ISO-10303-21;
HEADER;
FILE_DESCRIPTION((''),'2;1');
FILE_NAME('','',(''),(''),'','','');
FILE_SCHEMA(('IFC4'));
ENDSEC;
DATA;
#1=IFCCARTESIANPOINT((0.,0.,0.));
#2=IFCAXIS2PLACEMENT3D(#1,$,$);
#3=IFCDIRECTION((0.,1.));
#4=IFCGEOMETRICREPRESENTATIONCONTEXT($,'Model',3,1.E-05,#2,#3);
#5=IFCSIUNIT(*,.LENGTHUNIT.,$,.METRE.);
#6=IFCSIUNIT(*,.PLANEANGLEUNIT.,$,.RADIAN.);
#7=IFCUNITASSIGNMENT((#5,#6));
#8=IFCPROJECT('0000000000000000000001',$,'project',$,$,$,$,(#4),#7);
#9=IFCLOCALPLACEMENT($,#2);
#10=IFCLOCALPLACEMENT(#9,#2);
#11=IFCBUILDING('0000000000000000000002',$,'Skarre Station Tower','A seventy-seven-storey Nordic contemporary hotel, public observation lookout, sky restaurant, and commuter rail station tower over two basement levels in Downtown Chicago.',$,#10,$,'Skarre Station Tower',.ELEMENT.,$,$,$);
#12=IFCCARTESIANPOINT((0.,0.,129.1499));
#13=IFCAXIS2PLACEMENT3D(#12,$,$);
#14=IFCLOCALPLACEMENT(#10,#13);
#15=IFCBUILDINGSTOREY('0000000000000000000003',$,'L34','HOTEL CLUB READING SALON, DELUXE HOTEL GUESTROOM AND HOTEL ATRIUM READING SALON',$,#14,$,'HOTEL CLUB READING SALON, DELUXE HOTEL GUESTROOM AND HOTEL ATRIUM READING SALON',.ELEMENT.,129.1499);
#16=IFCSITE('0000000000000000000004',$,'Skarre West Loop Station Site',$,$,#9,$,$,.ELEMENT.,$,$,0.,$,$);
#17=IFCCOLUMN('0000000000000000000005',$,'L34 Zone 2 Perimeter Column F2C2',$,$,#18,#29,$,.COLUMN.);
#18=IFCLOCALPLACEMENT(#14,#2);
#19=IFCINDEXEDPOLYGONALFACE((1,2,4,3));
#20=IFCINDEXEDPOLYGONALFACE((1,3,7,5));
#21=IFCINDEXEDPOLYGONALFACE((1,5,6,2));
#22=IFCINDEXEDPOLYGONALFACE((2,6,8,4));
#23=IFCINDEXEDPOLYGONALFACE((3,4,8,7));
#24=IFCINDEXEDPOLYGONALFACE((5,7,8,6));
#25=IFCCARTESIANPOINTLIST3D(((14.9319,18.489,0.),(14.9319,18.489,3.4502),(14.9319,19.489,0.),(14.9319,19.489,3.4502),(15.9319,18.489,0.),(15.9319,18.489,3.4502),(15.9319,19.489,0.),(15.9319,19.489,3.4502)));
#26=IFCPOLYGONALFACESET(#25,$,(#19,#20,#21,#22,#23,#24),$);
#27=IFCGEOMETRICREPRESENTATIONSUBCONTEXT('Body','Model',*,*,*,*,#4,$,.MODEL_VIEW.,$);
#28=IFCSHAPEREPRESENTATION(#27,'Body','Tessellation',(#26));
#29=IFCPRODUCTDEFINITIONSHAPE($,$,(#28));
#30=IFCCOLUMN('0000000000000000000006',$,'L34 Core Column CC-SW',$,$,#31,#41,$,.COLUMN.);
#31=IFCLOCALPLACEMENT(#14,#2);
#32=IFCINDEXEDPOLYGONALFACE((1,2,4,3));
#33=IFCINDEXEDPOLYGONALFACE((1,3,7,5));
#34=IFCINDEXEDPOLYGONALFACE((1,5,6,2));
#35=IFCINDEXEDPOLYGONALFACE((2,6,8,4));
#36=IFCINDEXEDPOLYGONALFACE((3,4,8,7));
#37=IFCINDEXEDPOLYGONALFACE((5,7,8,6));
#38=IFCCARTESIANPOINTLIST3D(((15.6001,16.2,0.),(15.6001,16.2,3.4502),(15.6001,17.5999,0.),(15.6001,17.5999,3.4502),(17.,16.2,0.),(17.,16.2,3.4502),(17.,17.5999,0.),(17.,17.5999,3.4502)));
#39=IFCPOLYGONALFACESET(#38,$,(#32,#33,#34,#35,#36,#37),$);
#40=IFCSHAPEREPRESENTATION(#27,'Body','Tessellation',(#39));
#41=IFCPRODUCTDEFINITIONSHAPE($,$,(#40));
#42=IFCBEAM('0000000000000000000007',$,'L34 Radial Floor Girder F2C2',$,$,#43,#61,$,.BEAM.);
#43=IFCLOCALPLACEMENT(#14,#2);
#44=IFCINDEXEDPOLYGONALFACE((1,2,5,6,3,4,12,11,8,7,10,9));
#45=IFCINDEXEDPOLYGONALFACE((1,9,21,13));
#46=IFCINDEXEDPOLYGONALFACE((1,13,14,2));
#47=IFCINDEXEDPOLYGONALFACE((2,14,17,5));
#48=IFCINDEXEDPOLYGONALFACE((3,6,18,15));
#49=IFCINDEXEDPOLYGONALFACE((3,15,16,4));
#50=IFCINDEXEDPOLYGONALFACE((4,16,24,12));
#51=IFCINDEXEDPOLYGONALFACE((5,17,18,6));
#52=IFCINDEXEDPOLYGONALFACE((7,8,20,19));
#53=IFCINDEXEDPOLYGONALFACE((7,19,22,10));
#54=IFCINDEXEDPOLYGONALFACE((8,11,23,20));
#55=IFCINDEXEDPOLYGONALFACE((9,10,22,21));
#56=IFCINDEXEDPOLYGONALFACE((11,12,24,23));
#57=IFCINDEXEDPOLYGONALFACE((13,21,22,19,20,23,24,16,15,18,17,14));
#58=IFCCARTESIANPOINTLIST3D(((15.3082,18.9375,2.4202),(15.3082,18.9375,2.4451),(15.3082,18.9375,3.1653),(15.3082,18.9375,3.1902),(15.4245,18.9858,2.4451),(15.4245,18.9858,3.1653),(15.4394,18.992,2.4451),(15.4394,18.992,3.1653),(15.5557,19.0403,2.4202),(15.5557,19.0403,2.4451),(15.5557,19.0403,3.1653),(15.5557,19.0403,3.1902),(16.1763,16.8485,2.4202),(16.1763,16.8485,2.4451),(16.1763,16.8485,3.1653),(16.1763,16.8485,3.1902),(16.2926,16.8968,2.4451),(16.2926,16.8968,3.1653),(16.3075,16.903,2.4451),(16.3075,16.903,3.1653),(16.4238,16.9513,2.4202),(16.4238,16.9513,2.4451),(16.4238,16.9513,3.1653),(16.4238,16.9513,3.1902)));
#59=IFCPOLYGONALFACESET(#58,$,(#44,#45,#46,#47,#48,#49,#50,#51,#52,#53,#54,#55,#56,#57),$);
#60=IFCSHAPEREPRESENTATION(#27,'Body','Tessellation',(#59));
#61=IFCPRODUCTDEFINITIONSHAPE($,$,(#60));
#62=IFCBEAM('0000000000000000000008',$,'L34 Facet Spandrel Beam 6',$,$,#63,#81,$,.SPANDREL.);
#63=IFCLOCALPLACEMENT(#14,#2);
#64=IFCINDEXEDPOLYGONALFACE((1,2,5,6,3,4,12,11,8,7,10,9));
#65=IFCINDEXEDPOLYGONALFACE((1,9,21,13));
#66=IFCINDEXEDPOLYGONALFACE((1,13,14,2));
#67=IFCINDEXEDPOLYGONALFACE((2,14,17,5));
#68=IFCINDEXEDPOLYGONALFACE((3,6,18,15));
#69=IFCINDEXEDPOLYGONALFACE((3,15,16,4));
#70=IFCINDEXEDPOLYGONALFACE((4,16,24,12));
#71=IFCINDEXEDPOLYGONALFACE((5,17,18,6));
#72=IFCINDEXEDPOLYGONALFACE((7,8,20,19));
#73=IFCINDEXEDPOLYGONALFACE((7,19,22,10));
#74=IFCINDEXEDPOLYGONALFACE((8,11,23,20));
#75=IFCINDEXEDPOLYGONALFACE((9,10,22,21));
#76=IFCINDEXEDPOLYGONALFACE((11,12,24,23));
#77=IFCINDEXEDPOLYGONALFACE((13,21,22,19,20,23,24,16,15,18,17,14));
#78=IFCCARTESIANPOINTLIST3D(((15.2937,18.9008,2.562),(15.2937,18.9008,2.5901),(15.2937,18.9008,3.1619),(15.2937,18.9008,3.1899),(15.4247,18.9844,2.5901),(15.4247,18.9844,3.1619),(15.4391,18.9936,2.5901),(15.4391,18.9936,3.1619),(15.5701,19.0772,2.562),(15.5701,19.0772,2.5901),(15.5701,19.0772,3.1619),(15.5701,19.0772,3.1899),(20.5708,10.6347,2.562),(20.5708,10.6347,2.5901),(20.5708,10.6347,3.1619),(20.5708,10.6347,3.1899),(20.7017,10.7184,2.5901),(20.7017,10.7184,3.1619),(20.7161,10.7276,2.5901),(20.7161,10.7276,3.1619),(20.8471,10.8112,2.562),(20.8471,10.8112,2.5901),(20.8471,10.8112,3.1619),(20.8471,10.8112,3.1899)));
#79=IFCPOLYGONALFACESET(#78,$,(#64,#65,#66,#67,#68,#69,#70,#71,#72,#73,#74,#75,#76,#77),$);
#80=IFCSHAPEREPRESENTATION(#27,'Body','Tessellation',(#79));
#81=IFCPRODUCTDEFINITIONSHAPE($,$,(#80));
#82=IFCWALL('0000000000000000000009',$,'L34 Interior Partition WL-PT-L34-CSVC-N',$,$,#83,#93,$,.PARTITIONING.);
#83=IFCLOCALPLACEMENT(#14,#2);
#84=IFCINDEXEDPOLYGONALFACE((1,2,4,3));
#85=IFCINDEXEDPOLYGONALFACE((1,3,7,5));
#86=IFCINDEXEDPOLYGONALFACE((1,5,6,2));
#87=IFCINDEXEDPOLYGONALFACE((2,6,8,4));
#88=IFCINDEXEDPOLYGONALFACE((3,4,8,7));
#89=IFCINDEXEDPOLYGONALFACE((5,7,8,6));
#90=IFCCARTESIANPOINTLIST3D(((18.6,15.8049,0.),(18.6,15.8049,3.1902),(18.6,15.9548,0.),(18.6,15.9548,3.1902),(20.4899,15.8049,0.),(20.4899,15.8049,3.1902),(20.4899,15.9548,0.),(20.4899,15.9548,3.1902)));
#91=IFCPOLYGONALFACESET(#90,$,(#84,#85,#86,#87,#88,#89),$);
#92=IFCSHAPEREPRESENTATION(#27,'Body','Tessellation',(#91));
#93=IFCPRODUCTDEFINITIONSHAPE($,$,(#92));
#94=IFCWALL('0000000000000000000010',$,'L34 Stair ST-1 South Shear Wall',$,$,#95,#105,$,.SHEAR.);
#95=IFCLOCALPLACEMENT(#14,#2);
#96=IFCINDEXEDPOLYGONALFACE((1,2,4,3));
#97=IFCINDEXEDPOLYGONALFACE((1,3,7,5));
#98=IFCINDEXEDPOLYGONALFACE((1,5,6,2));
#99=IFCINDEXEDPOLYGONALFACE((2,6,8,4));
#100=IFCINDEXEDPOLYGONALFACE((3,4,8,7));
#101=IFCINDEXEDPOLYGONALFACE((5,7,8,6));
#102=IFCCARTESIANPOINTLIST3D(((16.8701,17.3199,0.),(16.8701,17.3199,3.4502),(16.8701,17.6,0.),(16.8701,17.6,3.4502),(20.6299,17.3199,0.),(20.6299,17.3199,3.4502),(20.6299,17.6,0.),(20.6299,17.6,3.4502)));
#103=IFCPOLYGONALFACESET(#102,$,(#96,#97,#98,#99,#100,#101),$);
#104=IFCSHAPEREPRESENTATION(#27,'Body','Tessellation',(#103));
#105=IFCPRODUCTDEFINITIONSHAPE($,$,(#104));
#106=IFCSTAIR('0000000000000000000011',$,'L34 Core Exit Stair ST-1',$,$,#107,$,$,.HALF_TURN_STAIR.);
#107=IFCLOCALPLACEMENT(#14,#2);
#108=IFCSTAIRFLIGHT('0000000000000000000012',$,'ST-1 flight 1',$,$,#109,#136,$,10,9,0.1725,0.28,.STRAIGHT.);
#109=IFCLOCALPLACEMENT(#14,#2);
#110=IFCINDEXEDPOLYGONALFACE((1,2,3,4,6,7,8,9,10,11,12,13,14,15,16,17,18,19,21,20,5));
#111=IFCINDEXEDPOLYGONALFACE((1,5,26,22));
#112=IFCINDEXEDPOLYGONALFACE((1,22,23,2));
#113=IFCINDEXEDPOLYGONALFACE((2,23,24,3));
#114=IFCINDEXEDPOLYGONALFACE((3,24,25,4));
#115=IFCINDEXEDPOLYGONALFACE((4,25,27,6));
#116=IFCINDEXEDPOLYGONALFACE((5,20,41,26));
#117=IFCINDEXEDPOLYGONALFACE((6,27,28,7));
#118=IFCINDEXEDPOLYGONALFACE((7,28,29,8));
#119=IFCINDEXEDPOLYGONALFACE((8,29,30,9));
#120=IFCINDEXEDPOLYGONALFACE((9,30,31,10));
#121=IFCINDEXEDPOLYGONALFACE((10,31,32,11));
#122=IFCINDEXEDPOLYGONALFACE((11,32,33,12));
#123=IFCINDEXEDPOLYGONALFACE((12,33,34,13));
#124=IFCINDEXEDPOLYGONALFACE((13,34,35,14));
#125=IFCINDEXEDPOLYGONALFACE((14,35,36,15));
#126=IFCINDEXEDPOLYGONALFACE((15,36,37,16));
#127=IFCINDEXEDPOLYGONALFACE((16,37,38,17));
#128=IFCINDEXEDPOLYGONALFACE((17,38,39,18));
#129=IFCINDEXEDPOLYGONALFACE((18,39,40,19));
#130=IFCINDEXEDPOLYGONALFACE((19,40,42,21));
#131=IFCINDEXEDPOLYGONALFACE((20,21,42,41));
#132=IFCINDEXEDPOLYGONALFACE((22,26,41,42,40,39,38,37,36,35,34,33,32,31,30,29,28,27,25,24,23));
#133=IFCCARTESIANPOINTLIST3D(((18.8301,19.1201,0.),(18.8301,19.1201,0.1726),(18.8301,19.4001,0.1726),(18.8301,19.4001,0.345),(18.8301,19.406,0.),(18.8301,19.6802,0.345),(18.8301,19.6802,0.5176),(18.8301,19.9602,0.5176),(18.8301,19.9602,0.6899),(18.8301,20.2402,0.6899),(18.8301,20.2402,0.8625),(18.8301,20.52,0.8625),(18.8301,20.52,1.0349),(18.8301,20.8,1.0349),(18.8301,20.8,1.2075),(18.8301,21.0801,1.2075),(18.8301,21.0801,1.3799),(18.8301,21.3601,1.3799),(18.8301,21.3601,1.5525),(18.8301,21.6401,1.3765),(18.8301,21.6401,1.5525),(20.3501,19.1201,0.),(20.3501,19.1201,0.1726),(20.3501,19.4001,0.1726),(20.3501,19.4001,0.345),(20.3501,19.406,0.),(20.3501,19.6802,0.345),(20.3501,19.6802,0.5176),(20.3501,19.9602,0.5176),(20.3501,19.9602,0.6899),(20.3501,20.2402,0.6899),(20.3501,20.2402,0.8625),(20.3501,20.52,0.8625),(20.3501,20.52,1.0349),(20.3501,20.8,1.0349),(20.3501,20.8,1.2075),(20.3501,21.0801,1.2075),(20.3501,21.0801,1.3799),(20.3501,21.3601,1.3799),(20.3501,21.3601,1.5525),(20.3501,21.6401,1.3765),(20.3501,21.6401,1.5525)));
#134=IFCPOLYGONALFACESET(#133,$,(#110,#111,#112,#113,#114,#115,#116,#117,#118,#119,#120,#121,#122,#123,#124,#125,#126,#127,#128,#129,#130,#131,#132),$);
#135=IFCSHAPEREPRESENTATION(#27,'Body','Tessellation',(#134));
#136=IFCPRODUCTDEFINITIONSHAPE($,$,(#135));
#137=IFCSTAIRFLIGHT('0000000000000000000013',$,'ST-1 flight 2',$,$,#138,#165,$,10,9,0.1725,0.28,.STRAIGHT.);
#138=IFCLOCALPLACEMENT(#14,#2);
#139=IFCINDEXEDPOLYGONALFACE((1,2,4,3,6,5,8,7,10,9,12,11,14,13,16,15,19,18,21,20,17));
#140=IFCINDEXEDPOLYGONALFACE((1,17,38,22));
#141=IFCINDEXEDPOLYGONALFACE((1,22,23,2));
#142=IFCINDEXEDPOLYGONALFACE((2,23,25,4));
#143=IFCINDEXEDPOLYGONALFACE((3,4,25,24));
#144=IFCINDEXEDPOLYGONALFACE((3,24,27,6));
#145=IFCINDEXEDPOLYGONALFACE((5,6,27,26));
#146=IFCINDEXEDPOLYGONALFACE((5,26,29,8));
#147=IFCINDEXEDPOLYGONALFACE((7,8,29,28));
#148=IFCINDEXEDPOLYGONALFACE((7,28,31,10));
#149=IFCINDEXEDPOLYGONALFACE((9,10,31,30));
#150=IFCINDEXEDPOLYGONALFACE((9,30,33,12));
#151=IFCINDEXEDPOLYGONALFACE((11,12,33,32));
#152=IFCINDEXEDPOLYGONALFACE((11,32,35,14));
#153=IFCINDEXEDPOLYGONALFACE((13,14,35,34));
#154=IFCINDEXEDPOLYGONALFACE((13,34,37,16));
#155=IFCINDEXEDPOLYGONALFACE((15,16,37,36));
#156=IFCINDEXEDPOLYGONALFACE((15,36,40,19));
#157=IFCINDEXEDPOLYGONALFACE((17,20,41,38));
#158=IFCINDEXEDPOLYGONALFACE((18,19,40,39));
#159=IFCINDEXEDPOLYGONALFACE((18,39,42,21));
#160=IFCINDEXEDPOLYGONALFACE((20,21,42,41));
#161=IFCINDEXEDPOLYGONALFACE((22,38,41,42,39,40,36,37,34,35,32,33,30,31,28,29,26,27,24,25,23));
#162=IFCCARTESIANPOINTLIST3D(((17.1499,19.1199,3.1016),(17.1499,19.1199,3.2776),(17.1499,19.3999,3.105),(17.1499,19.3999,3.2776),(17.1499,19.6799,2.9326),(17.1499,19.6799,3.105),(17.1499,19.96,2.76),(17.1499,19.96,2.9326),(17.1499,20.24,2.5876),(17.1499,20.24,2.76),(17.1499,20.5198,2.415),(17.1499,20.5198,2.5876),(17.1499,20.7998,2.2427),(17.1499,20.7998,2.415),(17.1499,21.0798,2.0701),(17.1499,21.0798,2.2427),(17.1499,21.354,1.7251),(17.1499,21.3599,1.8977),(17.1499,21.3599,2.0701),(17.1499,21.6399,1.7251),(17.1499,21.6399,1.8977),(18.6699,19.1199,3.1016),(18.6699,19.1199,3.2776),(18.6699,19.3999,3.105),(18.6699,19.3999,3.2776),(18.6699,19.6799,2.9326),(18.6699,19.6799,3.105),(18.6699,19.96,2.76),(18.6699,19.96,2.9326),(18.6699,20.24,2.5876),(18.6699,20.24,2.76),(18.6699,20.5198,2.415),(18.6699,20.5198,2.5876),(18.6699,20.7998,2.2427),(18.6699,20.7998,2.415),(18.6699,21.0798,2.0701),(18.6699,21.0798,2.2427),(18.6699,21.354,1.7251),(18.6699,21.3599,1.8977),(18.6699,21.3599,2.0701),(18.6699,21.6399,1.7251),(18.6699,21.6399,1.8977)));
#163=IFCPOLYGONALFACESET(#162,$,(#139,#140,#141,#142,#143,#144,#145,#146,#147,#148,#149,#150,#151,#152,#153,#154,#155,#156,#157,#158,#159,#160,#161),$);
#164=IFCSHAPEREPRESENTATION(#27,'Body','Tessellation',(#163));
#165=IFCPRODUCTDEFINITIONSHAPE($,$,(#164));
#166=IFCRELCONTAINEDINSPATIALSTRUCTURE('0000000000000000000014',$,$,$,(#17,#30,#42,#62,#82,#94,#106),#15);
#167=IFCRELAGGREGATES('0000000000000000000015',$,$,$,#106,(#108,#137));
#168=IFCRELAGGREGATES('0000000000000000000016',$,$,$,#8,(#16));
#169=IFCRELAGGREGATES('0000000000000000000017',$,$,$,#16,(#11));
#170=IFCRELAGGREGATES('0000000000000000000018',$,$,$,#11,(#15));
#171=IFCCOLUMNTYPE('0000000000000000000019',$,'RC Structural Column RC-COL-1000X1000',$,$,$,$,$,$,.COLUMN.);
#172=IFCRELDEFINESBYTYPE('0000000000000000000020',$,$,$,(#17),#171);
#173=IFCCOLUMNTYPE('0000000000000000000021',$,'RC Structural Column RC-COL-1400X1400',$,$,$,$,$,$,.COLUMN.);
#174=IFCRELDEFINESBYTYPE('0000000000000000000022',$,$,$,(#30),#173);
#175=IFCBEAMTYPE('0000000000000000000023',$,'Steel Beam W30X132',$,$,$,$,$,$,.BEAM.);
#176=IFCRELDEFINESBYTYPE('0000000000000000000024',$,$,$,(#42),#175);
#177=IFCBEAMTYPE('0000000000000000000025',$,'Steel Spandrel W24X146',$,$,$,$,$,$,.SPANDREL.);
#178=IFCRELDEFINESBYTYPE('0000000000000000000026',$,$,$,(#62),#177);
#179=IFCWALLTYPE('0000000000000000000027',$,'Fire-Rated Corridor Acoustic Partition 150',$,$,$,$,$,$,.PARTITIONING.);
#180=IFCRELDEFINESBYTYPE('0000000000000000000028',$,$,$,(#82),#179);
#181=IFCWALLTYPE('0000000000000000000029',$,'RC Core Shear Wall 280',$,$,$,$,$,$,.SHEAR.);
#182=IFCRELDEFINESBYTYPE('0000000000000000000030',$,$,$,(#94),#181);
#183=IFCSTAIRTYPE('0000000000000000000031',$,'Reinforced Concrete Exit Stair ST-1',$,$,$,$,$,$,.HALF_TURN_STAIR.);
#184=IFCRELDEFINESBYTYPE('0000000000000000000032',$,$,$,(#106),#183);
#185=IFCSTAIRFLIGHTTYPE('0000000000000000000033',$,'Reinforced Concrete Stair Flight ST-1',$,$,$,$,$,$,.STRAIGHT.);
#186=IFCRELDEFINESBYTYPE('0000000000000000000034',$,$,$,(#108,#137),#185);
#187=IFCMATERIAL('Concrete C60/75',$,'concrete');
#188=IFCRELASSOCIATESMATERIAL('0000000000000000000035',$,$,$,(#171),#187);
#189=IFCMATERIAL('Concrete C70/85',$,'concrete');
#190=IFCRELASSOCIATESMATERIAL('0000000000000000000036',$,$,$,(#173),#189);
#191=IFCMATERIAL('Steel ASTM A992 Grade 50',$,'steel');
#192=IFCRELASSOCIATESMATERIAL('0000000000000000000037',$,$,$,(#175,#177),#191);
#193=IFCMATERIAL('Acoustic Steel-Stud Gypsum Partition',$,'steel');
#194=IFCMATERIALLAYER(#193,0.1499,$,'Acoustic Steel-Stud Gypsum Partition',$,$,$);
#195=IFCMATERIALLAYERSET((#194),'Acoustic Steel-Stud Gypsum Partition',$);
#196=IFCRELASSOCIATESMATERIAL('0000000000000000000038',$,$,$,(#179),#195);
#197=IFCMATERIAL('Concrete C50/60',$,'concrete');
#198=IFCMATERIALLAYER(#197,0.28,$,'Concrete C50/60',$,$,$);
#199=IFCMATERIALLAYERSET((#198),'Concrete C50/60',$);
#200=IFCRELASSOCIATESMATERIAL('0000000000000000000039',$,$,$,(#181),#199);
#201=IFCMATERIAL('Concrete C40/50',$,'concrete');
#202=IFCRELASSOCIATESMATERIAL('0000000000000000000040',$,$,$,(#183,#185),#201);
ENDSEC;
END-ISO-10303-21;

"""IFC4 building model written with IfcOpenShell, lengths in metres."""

from ifc_helpers import new_model, si_unit, direction, frame, frame_2d, origin, origin_2d, place, context, subcontext, project, spatial, polyline, rectangle, i_section, outline, extrude, material, layer, layer_set, material_profile, profile_set, type_object, element, aggregate, save


model = new_model("IFC4")

# Units and contexts
model_context = context("Model", 3, precision=1e-05, world=origin(), true_north=direction((0.0, 1.0)))
body_context = subcontext(model_context, "Body", "Model", "MODEL_VIEW")
ifc_project = project(units=[si_unit("LENGTHUNIT", "METRE"), si_unit("PLANEANGLEUNIT", "RADIAN")], contexts=[model_context])

# Site, building, storey
site_placement = place(None, origin())
site = spatial("IfcSite", under=ifc_project, at=site_placement, Name="Skarre West Loop Station Site", CompositionType="ELEMENT", RefElevation=0.0)
building_placement = place(site_placement, origin())
building = spatial("IfcBuilding", under=site, at=building_placement, Name="Skarre Station Tower", Description="A seventy-seven-storey Nordic contemporary hotel, public observation lookout, sky restaurant, and commuter rail station tower over two basement levels in Downtown Chicago.", LongName="Skarre Station Tower", CompositionType="ELEMENT")
storey_placement = place(building_placement, frame((0.0, 0.0, 129.1499)))
storey = spatial("IfcBuildingStorey", under=building, at=storey_placement, Name="L34", Description="HOTEL CLUB READING SALON, DELUXE HOTEL GUESTROOM AND HOTEL ATRIUM READING SALON", LongName="HOTEL CLUB READING SALON, DELUXE HOTEL GUESTROOM AND HOTEL ATRIUM READING SALON", CompositionType="ELEMENT", Elevation=129.1499)

# Columns
ifc_material_1 = material(Name="Concrete C60/75", Category="concrete")
ifc_material_profile_1 = material_profile(ifc_material_1, rectangle(XDim=1.0, YDim=1.0, at=origin_2d()), Name="Concrete C60/75")
ifc_profile_set_1 = profile_set([ifc_material_profile_1], Name="Concrete C60/75")
column_type_1 = type_object("IfcColumnType", Name="RC Structural Column RC-COL-1000X1000", PredefinedType="COLUMN", material=ifc_profile_set_1)
column_1_placement = place(storey_placement, frame((15.4319, 18.989, 0.0), z_axis=(0.0, 0.0, 1.0), x_axis=(1.0, 0.0, 0.0)))
element("IfcColumn", 1, at=column_1_placement, inside=storey, type_object=column_type_1, Name="L34 Zone 2 Perimeter Column F2C2", PredefinedType="COLUMN", context=body_context, shape_type="SweptSolid", body=[
    extrude(rectangle(XDim=1.0, YDim=1.0, at=origin_2d()), origin(), (0.0, 0.0, 1.0), 3.4502),
])
ifc_material_2 = material(Name="Concrete C70/85", Category="concrete")
ifc_material_profile_2 = material_profile(ifc_material_2, rectangle(XDim=1.3999, YDim=1.3999, at=origin_2d()), Name="Concrete C70/85")
ifc_profile_set_2 = profile_set([ifc_material_profile_2], Name="Concrete C70/85")
column_type_2 = type_object("IfcColumnType", Name="RC Structural Column RC-COL-1400X1400", PredefinedType="COLUMN", material=ifc_profile_set_2)
column_2_placement = place(storey_placement, frame((16.3, 16.8999, 0.0), z_axis=(0.0, 0.0, 1.0), x_axis=(1.0, 0.0, 0.0)))
element("IfcColumn", 2, at=column_2_placement, inside=storey, type_object=column_type_2, Name="L34 Core Column CC-SW", PredefinedType="COLUMN", context=body_context, shape_type="SweptSolid", body=[
    extrude(rectangle(XDim=1.3999, YDim=1.3999, at=origin_2d()), origin(), (0.0, 0.0, 1.0), 3.4502),
])

# Beams
ifc_material_3 = material(Name="Steel ASTM A992 Grade 50", Category="steel")
ifc_material_profile_3 = material_profile(ifc_material_3, i_section(OverallWidth=0.2681, OverallDepth=0.77, WebThickness=0.0161, FlangeThickness=0.0249, at=origin_2d()), Name="Steel ASTM A992 Grade 50")
ifc_profile_set_3 = profile_set([ifc_material_profile_3], Name="Steel ASTM A992 Grade 50")
beam_type_1 = type_object("IfcBeamType", Name="Steel Beam W30X132", PredefinedType="BEAM", material=ifc_profile_set_3)
beam_1_placement = place(storey_placement, frame((16.3, 16.8999, 2.8052), z_axis=(-0.383749, 0.923437, 0.0), x_axis=(-0.923437, -0.383749, 0.0)))
element("IfcBeam", 3, at=beam_1_placement, inside=storey, type_object=beam_type_1, Name="L34 Radial Floor Girder F2C2", PredefinedType="BEAM", context=body_context, shape_type="SweptSolid", body=[
    extrude(i_section(OverallWidth=0.2681, OverallDepth=0.77, WebThickness=0.0161, FlangeThickness=0.0249, at=origin_2d()), origin(), (0.0, 0.0, 1.0), 2.2622),
])
ifc_material_profile_4 = material_profile(ifc_material_3, i_section(OverallWidth=0.3279, OverallDepth=0.6279, WebThickness=0.0171, FlangeThickness=0.0281, at=origin_2d()), Name="Steel ASTM A992 Grade 50")
ifc_profile_set_4 = profile_set([ifc_material_profile_4], Name="Steel ASTM A992 Grade 50")
beam_type_2 = type_object("IfcBeamType", Name="Steel Spandrel W24X146", PredefinedType="SPANDREL", material=ifc_profile_set_4)
beam_2_placement = place(storey_placement, frame((15.4319, 18.989, 2.876), z_axis=(0.538098, -0.842883, 0.0), x_axis=(0.842883, 0.538098, 0.0)))
element("IfcBeam", 4, at=beam_2_placement, inside=storey, type_object=beam_type_2, Name="L34 Facet Spandrel Beam 6", PredefinedType="SPANDREL", context=body_context, shape_type="SweptSolid", body=[
    extrude(i_section(OverallWidth=0.3279, OverallDepth=0.6279, WebThickness=0.0171, FlangeThickness=0.0281, at=origin_2d()), origin(), (0.0, 0.0, 1.0), 9.8069),
])

# Walls
ifc_material_4 = material(Name="Acoustic Steel-Stud Gypsum Partition", Category="steel")
ifc_layer_1 = layer(ifc_material_4, 0.1499, Name="Acoustic Steel-Stud Gypsum Partition")
ifc_layer_set_1 = layer_set([ifc_layer_1], Name="Acoustic Steel-Stud Gypsum Partition")
wall_type_1 = type_object("IfcWallType", Name="Fire-Rated Corridor Acoustic Partition 150", PredefinedType="PARTITIONING", material=ifc_layer_set_1)
wall_1_placement = place(storey_placement, frame((18.6001, 15.8799, 0.0), z_axis=(0.0, 0.0, 1.0), x_axis=(1.0, 0.0, 0.0)))
element("IfcWall", 5, at=wall_1_placement, inside=storey, type_object=wall_type_1, Name="L34 Interior Partition WL-PT-L34-CSVC-N", PredefinedType="PARTITIONING", context=body_context, shape_type="SweptSolid", body=[
    extrude(rectangle(XDim=1.8899, YDim=0.1499, at=frame_2d((0.9448, 0.0))), origin(), (0.0, 0.0, 1.0), 3.1902),
])
ifc_material_5 = material(Name="Concrete C50/60", Category="concrete")
ifc_layer_2 = layer(ifc_material_5, 0.28, Name="Concrete C50/60")
ifc_layer_set_2 = layer_set([ifc_layer_2], Name="Concrete C50/60")
wall_type_2 = type_object("IfcWallType", Name="RC Core Shear Wall 280", PredefinedType="SHEAR", material=ifc_layer_set_2)
wall_2_placement = place(storey_placement, frame((16.8701, 17.46, 0.0), z_axis=(0.0, 0.0, 1.0), x_axis=(1.0, 0.0, 0.0)))
element("IfcWall", 6, at=wall_2_placement, inside=storey, type_object=wall_type_2, Name="L34 Stair ST-1 South Shear Wall", PredefinedType="SHEAR", context=body_context, shape_type="SweptSolid", body=[
    extrude(rectangle(XDim=3.7598, YDim=0.28, at=frame_2d((1.8799, 0.0))), origin(), (0.0, 0.0, 1.0), 3.4502),
])

# Stair, stair flights
ifc_material_6 = material(Name="Concrete C40/50", Category="concrete")
stair_type = type_object("IfcStairType", Name="Reinforced Concrete Exit Stair ST-1", PredefinedType="HALF_TURN_STAIR", material=ifc_material_6)
stair_placement = place(storey_placement, origin())
stair = element("IfcStair", 7, at=stair_placement, inside=storey, type_object=stair_type, Name="L34 Core Exit Stair ST-1", PredefinedType="HALF_TURN_STAIR")
stair_flight_type = type_object("IfcStairFlightType", Name="Reinforced Concrete Stair Flight ST-1", PredefinedType="STRAIGHT", material=ifc_material_6)
stair_flight_1_placement = place(storey_placement, frame((19.5901, 19.1201, 0.0), z_axis=(0.0, 0.0, 1.0), x_axis=(0.0, 1.0, 0.0)))
stair_flight_1 = element("IfcStairFlight", 8, at=stair_flight_1_placement, type_object=stair_flight_type, Name="ST-1 flight 1", NumberOfRisers=10, NumberOfTreads=9, PredefinedType="STRAIGHT", RiserHeight=0.1725, TreadLength=0.28, context=body_context, shape_type="SweptSolid", body=[
    extrude(outline(polyline([(0.0, 0.0), (0.0, 0.1726), (0.28, 0.1726), (0.28, 0.345), (0.5601, 0.345), (0.5601, 0.5176), (0.8401, 0.5176), (0.8401, 0.6899), (1.1201, 0.6899), (1.1201, 0.8625), (1.3999, 0.8625), (1.3999, 1.0349), (1.6799, 1.0349), (1.6799, 1.2075), (1.96, 1.2075), (1.96, 1.3799), (2.24, 1.3799), (2.24, 1.5525), (2.52, 1.5525), (2.52, 1.7251), (2.52, 1.3765), (0.2859, 0.0), (0.0, 0.0)])), frame((0.0, 0.76, 0.0), z_axis=(0.0, -1.0, 0.0), x_axis=(1.0, 0.0, 0.0)), (0.0, 0.0, 1.0), 1.52),
])
stair_flight_2_placement = place(storey_placement, frame((17.9099, 21.6399, 1.7251), z_axis=(0.0, 0.0, 1.0), x_axis=(0.0, -1.0, 0.0)))
stair_flight_2 = element("IfcStairFlight", 9, at=stair_flight_2_placement, type_object=stair_flight_type, Name="ST-1 flight 2", NumberOfRisers=10, NumberOfTreads=9, PredefinedType="STRAIGHT", RiserHeight=0.1725, TreadLength=0.28, context=body_context, shape_type="SweptSolid", body=[
    extrude(outline(polyline([(0.0, 0.0), (0.0, 0.1726), (0.28, 0.1726), (0.28, 0.345), (0.5601, 0.345), (0.5601, 0.5176), (0.8401, 0.5176), (0.8401, 0.6899), (1.1201, 0.6899), (1.1201, 0.8625), (1.3999, 0.8625), (1.3999, 1.0349), (1.6799, 1.0349), (1.6799, 1.2075), (1.96, 1.2075), (1.96, 1.3799), (2.24, 1.3799), (2.24, 1.5525), (2.52, 1.5525), (2.52, 1.7251), (2.52, 1.3765), (0.2859, 0.0), (0.0, 0.0)])), frame((0.0, 0.76, 0.0), z_axis=(0.0, -1.0, 0.0), x_axis=(1.0, 0.0, 0.0)), (0.0, 0.0, 1.0), 1.52),
])
aggregate(stair, [stair_flight_1, stair_flight_2])

save(model, "model.ifc")
